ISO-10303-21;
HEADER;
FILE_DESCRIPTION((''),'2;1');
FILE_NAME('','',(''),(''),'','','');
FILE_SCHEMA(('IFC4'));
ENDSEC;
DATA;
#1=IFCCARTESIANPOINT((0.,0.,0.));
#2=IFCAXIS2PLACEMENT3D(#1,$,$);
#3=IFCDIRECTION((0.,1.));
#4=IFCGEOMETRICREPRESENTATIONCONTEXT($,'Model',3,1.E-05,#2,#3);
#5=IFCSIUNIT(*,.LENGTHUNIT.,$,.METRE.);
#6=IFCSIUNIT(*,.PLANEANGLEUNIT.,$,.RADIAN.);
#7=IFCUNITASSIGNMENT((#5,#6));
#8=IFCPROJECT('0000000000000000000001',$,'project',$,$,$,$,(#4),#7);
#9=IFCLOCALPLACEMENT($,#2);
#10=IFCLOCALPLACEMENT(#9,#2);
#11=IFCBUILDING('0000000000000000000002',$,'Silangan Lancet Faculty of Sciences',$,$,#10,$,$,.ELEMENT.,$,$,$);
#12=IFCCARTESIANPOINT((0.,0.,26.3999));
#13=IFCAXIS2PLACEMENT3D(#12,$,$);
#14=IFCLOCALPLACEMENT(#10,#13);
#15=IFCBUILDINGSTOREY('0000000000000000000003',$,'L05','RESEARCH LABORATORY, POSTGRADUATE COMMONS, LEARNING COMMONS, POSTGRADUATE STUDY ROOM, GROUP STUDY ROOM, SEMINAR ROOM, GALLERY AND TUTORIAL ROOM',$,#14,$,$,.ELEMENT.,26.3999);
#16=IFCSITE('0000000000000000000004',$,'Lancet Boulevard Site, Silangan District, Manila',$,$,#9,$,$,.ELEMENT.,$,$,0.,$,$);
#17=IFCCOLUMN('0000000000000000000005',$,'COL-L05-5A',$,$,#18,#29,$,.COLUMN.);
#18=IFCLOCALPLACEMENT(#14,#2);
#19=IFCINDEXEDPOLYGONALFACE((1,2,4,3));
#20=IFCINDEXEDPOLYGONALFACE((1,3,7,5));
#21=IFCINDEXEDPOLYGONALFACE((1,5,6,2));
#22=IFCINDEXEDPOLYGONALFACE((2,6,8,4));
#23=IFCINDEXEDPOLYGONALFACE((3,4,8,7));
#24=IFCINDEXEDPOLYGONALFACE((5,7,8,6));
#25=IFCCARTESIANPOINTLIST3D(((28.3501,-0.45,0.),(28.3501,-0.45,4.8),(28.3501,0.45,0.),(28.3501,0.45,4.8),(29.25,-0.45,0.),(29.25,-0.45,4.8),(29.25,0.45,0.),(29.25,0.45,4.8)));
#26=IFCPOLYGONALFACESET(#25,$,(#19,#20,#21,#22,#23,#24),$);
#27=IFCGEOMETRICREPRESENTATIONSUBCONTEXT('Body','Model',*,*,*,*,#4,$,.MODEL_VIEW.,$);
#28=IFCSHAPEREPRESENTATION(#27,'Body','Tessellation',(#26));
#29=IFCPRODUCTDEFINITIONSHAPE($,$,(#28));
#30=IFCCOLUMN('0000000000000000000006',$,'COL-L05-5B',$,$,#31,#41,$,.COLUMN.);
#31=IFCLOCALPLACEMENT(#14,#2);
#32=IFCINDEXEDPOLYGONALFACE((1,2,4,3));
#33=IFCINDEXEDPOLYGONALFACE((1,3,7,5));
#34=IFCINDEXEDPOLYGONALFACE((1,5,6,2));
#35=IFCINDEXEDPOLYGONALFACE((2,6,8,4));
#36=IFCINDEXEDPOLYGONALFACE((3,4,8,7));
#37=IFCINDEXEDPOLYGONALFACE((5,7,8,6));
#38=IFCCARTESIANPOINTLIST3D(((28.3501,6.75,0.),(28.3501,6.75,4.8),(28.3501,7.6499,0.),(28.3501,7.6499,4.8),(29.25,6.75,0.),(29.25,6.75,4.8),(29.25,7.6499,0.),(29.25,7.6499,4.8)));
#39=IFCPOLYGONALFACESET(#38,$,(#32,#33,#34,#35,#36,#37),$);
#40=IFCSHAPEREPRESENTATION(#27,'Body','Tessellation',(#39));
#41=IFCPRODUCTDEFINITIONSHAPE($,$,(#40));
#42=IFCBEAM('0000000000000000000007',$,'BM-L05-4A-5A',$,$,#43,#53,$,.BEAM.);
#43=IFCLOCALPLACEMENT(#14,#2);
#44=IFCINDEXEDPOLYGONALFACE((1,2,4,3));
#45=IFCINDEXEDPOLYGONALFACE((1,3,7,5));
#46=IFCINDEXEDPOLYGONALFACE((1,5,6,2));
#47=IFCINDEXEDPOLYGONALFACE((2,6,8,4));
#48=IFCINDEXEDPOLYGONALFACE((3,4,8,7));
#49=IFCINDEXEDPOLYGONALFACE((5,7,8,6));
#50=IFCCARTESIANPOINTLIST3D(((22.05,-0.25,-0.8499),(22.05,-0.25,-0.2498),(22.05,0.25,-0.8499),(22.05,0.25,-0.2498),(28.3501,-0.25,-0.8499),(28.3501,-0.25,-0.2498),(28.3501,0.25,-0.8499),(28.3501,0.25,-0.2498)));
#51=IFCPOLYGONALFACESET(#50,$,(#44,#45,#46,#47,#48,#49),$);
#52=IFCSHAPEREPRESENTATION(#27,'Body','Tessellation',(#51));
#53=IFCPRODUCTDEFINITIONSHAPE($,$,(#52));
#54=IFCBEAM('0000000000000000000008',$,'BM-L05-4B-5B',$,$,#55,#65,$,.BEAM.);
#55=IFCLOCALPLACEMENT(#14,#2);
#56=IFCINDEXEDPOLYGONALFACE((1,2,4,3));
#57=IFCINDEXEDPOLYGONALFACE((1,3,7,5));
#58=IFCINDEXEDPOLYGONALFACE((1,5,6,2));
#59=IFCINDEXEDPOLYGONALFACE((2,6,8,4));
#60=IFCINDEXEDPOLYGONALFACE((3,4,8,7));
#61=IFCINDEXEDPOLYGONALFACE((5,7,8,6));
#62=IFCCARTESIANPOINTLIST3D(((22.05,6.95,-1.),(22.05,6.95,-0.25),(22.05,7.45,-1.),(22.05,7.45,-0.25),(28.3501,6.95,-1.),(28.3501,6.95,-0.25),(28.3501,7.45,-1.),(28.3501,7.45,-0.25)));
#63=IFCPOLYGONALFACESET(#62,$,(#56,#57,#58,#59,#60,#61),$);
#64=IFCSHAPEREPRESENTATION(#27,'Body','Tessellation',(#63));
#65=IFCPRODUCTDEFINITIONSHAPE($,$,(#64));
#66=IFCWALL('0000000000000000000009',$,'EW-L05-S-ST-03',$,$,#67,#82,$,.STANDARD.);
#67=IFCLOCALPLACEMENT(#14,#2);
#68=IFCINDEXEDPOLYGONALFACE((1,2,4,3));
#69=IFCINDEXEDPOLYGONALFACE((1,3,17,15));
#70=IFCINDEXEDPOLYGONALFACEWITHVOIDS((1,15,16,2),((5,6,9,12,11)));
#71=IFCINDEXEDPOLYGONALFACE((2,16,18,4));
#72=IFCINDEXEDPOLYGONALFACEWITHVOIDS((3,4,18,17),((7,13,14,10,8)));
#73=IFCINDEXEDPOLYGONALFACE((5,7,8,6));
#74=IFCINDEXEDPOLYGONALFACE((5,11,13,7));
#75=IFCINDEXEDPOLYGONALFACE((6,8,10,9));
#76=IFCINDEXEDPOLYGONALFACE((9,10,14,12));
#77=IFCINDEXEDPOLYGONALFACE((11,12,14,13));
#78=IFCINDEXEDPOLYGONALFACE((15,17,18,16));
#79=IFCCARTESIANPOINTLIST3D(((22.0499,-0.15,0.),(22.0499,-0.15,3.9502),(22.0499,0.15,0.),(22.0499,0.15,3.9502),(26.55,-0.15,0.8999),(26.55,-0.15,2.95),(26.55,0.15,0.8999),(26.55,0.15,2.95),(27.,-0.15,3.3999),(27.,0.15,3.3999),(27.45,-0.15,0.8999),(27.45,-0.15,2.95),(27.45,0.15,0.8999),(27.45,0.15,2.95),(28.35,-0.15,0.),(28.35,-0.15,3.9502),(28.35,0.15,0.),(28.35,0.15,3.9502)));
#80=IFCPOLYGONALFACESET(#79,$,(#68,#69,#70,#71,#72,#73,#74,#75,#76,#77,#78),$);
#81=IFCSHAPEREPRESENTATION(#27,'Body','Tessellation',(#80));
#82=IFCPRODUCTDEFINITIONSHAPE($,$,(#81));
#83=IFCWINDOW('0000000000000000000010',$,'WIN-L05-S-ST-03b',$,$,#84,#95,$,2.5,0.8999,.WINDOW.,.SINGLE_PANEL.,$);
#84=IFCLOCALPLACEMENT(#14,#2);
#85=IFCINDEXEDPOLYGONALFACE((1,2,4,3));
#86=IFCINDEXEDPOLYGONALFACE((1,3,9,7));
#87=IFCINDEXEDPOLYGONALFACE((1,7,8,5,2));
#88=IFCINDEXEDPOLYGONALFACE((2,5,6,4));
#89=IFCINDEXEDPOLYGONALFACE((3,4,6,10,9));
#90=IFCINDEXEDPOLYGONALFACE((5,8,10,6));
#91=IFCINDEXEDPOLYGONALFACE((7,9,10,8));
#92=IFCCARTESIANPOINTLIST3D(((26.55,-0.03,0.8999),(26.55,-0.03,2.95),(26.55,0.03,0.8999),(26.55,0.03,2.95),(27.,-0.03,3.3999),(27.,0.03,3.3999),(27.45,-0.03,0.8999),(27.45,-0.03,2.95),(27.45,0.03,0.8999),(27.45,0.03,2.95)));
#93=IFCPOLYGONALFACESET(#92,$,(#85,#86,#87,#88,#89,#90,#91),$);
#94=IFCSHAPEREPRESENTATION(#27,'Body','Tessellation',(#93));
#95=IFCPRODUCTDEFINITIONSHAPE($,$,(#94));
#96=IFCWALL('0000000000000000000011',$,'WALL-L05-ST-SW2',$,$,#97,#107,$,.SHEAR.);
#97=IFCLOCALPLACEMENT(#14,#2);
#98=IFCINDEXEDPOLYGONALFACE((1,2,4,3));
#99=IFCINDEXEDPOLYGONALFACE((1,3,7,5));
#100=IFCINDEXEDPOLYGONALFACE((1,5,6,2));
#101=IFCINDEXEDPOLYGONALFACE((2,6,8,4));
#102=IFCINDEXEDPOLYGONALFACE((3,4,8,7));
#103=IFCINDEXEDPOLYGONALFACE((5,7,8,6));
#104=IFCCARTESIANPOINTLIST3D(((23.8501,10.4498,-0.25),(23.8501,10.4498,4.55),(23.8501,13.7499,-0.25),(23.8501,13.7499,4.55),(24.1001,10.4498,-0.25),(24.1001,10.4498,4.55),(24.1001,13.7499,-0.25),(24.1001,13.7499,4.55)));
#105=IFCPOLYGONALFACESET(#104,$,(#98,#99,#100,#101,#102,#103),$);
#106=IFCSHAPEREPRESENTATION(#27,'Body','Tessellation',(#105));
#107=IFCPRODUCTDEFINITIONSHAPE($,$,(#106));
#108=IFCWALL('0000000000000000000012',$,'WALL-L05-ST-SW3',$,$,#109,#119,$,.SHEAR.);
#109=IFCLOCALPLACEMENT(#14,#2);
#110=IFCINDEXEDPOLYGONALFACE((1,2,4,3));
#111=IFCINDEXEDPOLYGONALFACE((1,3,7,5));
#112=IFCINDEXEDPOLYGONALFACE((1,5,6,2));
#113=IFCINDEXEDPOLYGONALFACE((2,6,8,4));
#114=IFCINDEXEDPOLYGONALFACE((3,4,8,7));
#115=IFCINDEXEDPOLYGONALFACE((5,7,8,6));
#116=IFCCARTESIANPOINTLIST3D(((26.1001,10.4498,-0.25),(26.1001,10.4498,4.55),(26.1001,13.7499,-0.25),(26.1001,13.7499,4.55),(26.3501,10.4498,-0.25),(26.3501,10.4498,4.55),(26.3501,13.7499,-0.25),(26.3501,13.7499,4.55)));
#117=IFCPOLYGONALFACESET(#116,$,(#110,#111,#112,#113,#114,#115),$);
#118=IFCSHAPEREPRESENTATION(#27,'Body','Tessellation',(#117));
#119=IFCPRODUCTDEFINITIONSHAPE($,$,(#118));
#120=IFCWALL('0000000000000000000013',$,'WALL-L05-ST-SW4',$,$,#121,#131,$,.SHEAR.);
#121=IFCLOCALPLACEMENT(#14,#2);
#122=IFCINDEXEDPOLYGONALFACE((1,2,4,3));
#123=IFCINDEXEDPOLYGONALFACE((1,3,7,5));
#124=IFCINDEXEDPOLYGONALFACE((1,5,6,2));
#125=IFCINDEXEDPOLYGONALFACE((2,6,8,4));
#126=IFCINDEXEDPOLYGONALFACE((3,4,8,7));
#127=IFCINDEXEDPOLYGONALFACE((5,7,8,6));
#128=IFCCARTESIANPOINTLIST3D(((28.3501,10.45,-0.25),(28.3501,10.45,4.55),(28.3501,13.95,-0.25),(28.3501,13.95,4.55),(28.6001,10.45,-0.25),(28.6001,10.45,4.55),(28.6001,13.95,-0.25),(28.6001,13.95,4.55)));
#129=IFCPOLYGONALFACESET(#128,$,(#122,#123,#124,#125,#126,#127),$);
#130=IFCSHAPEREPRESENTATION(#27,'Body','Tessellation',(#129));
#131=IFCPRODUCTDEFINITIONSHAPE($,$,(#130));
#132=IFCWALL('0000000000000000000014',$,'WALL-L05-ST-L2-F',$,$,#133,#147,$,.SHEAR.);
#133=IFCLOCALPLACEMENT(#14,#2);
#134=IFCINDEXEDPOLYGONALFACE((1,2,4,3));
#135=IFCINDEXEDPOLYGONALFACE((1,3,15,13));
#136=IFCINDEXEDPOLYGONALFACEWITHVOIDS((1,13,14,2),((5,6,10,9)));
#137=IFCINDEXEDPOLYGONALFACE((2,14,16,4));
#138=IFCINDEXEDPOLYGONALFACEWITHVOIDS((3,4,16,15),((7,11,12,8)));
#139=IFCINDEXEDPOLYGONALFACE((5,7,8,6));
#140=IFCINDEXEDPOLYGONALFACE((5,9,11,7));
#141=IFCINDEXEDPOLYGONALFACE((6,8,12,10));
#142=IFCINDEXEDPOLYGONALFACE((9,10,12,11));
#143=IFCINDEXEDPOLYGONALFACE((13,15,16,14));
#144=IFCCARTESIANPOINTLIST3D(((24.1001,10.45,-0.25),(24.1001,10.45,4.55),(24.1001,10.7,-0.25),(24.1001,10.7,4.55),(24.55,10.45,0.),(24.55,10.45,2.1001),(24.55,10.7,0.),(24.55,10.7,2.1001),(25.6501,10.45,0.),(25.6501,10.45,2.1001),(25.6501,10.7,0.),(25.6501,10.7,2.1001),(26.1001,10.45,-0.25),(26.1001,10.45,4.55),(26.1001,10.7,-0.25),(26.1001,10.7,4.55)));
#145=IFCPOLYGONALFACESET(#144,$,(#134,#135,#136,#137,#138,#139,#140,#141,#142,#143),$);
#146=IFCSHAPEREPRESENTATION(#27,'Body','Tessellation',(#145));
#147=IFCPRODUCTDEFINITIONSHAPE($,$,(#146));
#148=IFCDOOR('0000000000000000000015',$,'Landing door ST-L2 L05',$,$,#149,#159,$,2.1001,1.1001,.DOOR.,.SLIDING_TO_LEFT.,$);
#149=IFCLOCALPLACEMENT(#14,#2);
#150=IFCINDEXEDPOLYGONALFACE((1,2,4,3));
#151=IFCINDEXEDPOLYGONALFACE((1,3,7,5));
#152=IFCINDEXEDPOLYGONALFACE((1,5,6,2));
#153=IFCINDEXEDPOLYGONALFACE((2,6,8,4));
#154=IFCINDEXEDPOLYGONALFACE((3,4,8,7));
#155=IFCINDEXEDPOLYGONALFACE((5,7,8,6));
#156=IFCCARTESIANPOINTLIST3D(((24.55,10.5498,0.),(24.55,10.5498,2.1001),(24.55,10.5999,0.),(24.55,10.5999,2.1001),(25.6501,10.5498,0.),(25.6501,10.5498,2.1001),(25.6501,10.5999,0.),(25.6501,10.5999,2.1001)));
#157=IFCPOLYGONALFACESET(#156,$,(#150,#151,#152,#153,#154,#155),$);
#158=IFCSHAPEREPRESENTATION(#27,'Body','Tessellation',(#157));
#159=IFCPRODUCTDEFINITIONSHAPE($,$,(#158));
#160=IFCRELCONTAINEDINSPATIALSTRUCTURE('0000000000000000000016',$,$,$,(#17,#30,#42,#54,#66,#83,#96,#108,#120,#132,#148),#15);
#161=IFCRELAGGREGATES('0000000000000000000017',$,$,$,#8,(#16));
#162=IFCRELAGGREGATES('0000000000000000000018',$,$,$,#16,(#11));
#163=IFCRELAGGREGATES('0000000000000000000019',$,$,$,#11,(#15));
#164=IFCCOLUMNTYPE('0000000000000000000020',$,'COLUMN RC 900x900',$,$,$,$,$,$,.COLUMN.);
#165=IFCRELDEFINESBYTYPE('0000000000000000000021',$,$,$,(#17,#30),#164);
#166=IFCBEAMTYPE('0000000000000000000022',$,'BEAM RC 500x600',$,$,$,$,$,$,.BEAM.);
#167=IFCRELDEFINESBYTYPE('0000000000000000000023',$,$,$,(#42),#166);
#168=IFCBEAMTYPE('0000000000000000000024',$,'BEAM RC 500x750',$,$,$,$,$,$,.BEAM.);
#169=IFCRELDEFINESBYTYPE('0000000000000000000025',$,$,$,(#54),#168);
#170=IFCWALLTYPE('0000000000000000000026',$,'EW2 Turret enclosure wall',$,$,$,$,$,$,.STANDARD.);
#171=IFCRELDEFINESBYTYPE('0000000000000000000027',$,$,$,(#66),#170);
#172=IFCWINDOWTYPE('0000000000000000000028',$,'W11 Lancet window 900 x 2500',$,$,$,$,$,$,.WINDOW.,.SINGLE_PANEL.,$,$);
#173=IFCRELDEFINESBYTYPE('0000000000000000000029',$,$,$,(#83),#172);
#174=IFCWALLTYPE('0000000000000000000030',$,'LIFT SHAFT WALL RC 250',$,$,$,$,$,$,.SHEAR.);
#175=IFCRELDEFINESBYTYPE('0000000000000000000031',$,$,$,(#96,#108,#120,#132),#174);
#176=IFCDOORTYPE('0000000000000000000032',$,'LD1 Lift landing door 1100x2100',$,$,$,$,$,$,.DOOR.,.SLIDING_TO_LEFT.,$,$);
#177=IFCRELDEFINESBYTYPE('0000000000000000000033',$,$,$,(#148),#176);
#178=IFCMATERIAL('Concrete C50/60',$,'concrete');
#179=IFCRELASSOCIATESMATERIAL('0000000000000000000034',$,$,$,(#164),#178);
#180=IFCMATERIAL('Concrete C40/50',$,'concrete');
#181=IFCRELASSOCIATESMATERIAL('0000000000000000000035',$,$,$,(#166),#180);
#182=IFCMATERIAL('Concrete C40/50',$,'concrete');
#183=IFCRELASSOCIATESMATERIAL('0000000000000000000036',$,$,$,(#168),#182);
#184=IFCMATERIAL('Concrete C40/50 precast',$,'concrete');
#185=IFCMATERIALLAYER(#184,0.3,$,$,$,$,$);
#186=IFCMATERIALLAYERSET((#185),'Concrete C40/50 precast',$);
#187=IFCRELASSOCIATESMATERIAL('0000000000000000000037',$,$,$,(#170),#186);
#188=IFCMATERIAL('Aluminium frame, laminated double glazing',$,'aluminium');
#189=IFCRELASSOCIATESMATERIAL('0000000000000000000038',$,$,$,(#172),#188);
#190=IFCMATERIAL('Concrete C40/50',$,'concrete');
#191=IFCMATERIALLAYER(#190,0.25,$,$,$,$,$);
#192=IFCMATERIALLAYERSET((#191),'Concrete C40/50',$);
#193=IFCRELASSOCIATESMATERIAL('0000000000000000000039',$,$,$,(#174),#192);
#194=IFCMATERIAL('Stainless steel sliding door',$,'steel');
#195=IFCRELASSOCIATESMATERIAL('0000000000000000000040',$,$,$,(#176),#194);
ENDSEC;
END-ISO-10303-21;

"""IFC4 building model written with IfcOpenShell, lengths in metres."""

from ifc_helpers import new_model, si_unit, direction, frame, frame_2d, origin, origin_2d, place, context, subcontext, project, spatial, polyline, rectangle, outline, extrude, material, layer, layer_set, material_profile, profile_set, type_object, element, fill, save


model = new_model("IFC4")

# Units and contexts
model_context = context("Model", 3, precision=1e-05, world=origin(), true_north=direction((0.0, 1.0)))
body_context = subcontext(model_context, "Body", "Model", "MODEL_VIEW")
ifc_project = project(units=[si_unit("LENGTHUNIT", "METRE"), si_unit("PLANEANGLEUNIT", "RADIAN")], contexts=[model_context])

# Site, building, storey
site_placement = place(None, origin())
site = spatial("IfcSite", under=ifc_project, at=site_placement, Name="Lancet Boulevard Site, Silangan District, Manila", CompositionType="ELEMENT", RefElevation=0.0)
building_placement = place(site_placement, origin())
building = spatial("IfcBuilding", under=site, at=building_placement, Name="Silangan Lancet Faculty of Sciences", CompositionType="ELEMENT")
storey_placement = place(building_placement, frame((0.0, 0.0, 26.3999)))
storey = spatial("IfcBuildingStorey", under=building, at=storey_placement, Name="L05", Description="RESEARCH LABORATORY, POSTGRADUATE COMMONS, LEARNING COMMONS, POSTGRADUATE STUDY ROOM, GROUP STUDY ROOM, SEMINAR ROOM, GALLERY AND TUTORIAL ROOM", CompositionType="ELEMENT", Elevation=26.3999)

# Columns
ifc_material_1 = material(Name="Concrete C50/60", Category="concrete")
ifc_material_profile_1 = material_profile(ifc_material_1, rectangle(XDim=0.8999, YDim=0.8999, at=origin_2d()), Name="RC 900x900")
ifc_profile_set_1 = profile_set([ifc_material_profile_1], Name="Concrete C50/60")
column_type = type_object("IfcColumnType", Name="COLUMN RC 900x900", PredefinedType="COLUMN", material=ifc_profile_set_1)
for number, where, z_axis, x_axis, name in (
    (1, (28.8, 0.0, 0.0), (0.0, 0.0, 1.0), (1.0, 0.0, 0.0), "COL-L05-5A"),
    (2, (28.8, 7.2, 0.0), (0.0, 0.0, 1.0), (1.0, 0.0, 0.0), "COL-L05-5B"),
):
    element("IfcColumn", number, at=place(storey_placement, frame(where, z_axis=z_axis, x_axis=x_axis)), inside=storey, type_object=column_type, Name=name, PredefinedType="COLUMN", context=body_context, shape_type="SweptSolid", body=[
        extrude(rectangle(XDim=0.8999, YDim=0.8999, at=origin_2d()), origin(), (0.0, 0.0, 1.0), 4.8),
    ])

# Beams
ifc_material_2 = material(Name="Concrete C40/50", Category="concrete")
ifc_material_profile_2 = material_profile(ifc_material_2, rectangle(XDim=0.5, YDim=0.6001, at=origin_2d()), Name="RC 500x600")
ifc_profile_set_2 = profile_set([ifc_material_profile_2], Name="Concrete C40/50")
beam_type_1 = type_object("IfcBeamType", Name="BEAM RC 500x600", PredefinedType="BEAM", material=ifc_profile_set_2)
beam_1_placement = place(storey_placement, frame((22.05, 0.0, -0.5498), z_axis=(1.0, 0.0, 0.0), x_axis=(0.0, 1.0, 0.0)))
element("IfcBeam", 3, at=beam_1_placement, inside=storey, type_object=beam_type_1, Name="BM-L05-4A-5A", PredefinedType="BEAM", context=body_context, shape_type="SweptSolid", body=[
    extrude(rectangle(XDim=0.5, YDim=0.6001, at=origin_2d()), origin(), (0.0, 0.0, 1.0), 6.3),
])
ifc_material_3 = material(Name="Concrete C40/50", Category="concrete")
ifc_material_profile_3 = material_profile(ifc_material_3, rectangle(XDim=0.5, YDim=0.75, at=origin_2d()), Name="RC 500x750")
ifc_profile_set_3 = profile_set([ifc_material_profile_3], Name="Concrete C40/50")
beam_type_2 = type_object("IfcBeamType", Name="BEAM RC 500x750", PredefinedType="BEAM", material=ifc_profile_set_3)
beam_2_placement = place(storey_placement, frame((22.05, 7.2, -0.625), z_axis=(1.0, 0.0, 0.0), x_axis=(0.0, 1.0, 0.0)))
element("IfcBeam", 4, at=beam_2_placement, inside=storey, type_object=beam_type_2, Name="BM-L05-4B-5B", PredefinedType="BEAM", context=body_context, shape_type="SweptSolid", body=[
    extrude(rectangle(XDim=0.5, YDim=0.75, at=origin_2d()), origin(), (0.0, 0.0, 1.0), 6.3),
])

# Wall, opening, window
ifc_material_4 = material(Name="Concrete C40/50 precast", Category="concrete")
ifc_layer_1 = layer(ifc_material_4, 0.3)
ifc_layer_set_1 = layer_set([ifc_layer_1], Name="Concrete C40/50 precast")
wall_type_1 = type_object("IfcWallType", Name="EW2 Turret enclosure wall", PredefinedType="STANDARD", material=ifc_layer_set_1)
wall_1_placement = place(storey_placement, frame((22.05, 0.0, 0.0), z_axis=(0.0, 0.0, 1.0), x_axis=(1.0, 0.0, 0.0)))
wall_1 = element("IfcWall", 5, at=wall_1_placement, inside=storey, type_object=wall_type_1, Name="EW-L05-S-ST-03", PredefinedType="STANDARD", context=body_context, shape_type="SweptSolid", body=[
    extrude(rectangle(XDim=6.3, YDim=0.3, at=frame_2d((3.1499, 0.0))), origin(), (0.0, 0.0, 1.0), 3.9502),
])
opening_1_placement = place(wall_1_placement, frame((4.5, 0.0, 0.8999)))
opening_1 = element("IfcOpeningElement", 6, at=opening_1_placement, cuts=wall_1, PredefinedType="OPENING", context=body_context, shape_type="SweptSolid", body=[
    extrude(outline(polyline([(0.0, 0.0), (0.8999, 0.0), (0.8999, 2.05), (0.45, 2.5), (0.0, 2.05), (0.0, 0.0)])), frame((0.0, 0.1599, 0.0), z_axis=(0.0, -1.0, 0.0), x_axis=(1.0, 0.0, 0.0)), (0.0, 0.0, 1.0), 0.3201),
])
ifc_material_5 = material(Name="Aluminium frame, laminated double glazing", Category="aluminium")
window_type = type_object("IfcWindowType", Name="W11 Lancet window 900 x 2500", PartitioningType="SINGLE_PANEL", PredefinedType="WINDOW", material=ifc_material_5)
window_placement = place(opening_1_placement, origin())
window = element("IfcWindow", 7, at=window_placement, inside=storey, type_object=window_type, Name="WIN-L05-S-ST-03b", OverallHeight=2.5, OverallWidth=0.8999, PartitioningType="SINGLE_PANEL", PredefinedType="WINDOW", context=body_context, shape_type="SweptSolid", body=[
    extrude(outline(polyline([(0.0, 0.0), (0.8999, 0.0), (0.8999, 2.05), (0.45, 2.5), (0.0, 2.05), (0.0, 0.0)])), frame((0.0, 0.03, 0.0), z_axis=(0.0, -1.0, 0.0), x_axis=(1.0, 0.0, 0.0)), (0.0, 0.0, 1.0), 0.0601),
])
fill(opening_1, window)

# Walls
ifc_material_6 = material(Name="Concrete C40/50", Category="concrete")
ifc_layer_2 = layer(ifc_material_6, 0.25)
ifc_layer_set_2 = layer_set([ifc_layer_2], Name="Concrete C40/50")
wall_type_2 = type_object("IfcWallType", Name="LIFT SHAFT WALL RC 250", PredefinedType="SHEAR", material=ifc_layer_set_2)
for number, where, z_axis, x_axis, name in (
    (8, (23.9751, 10.45, -0.25), (0.0, 0.0, 1.0), (0.0, 1.0, 0.0), "WALL-L05-ST-SW2"),
    (9, (26.2251, 10.45, -0.25), (0.0, 0.0, 1.0), (0.0, 1.0, 0.0), "WALL-L05-ST-SW3"),
):
    element("IfcWall", number, at=place(storey_placement, frame(where, z_axis=z_axis, x_axis=x_axis)), inside=storey, type_object=wall_type_2, Name=name, PredefinedType="SHEAR", context=body_context, shape_type="SweptSolid", body=[
        extrude(rectangle(XDim=3.3, YDim=0.25, at=frame_2d((1.6499, 0.0))), origin(), (0.0, 0.0, 1.0), 4.8),
    ])
wall_2_placement = place(storey_placement, frame((28.4751, 10.45, -0.25), z_axis=(0.0, 0.0, 1.0), x_axis=(0.0, 1.0, 0.0)))
element("IfcWall", 10, at=wall_2_placement, inside=storey, type_object=wall_type_2, Name="WALL-L05-ST-SW4", PredefinedType="SHEAR", context=body_context, shape_type="SweptSolid", body=[
    extrude(rectangle(XDim=3.5, YDim=0.25, at=frame_2d((1.75, 0.0))), origin(), (0.0, 0.0, 1.0), 4.8),
])

# Wall, opening, door
wall_3_placement = place(storey_placement, frame((24.1001, 10.575, -0.25), z_axis=(0.0, 0.0, 1.0), x_axis=(1.0, 0.0, 0.0)))
wall_3 = element("IfcWall", 11, at=wall_3_placement, inside=storey, type_object=wall_type_2, Name="WALL-L05-ST-L2-F", PredefinedType="SHEAR", context=body_context, shape_type="SweptSolid", body=[
    extrude(rectangle(XDim=2.0, YDim=0.25, at=frame_2d((1.0, 0.0))), origin(), (0.0, 0.0, 1.0), 4.8),
])
opening_2_placement = place(wall_3_placement, frame((0.45, 0.0, 0.25)))
opening_2 = element("IfcOpeningElement", 12, at=opening_2_placement, cuts=wall_3, PredefinedType="OPENING", context=body_context, shape_type="SweptSolid", body=[
    extrude(rectangle(XDim=1.1001, YDim=2.1001, at=frame_2d((0.55, 1.05))), frame((0.0, 0.135, 0.0), z_axis=(0.0, -1.0, 0.0), x_axis=(1.0, 0.0, 0.0)), (0.0, 0.0, 1.0), 0.27),
])
ifc_material_7 = material(Name="Stainless steel sliding door", Category="steel")
door_type_1 = type_object("IfcDoorType", Name="LD1 Lift landing door 1100x2100", OperationType="SLIDING_TO_LEFT", PredefinedType="DOOR", material=ifc_material_7)
door_1_placement = place(opening_2_placement, origin())
door_1 = element("IfcDoor", 13, at=door_1_placement, inside=storey, type_object=door_type_1, Name="Landing door ST-L2 L05", OperationType="SLIDING_TO_LEFT", OverallHeight=2.1001, OverallWidth=1.1001, PredefinedType="DOOR", context=body_context, shape_type="SweptSolid", body=[
    extrude(rectangle(XDim=1.1001, YDim=2.1001, at=frame_2d((0.55, 1.05))), frame((0.0, 0.0249, 0.0), z_axis=(0.0, -1.0, 0.0), x_axis=(1.0, 0.0, 0.0)), (0.0, 0.0, 1.0), 0.05),
])
fill(opening_2, door_1)

save(model, "model.ifc")
